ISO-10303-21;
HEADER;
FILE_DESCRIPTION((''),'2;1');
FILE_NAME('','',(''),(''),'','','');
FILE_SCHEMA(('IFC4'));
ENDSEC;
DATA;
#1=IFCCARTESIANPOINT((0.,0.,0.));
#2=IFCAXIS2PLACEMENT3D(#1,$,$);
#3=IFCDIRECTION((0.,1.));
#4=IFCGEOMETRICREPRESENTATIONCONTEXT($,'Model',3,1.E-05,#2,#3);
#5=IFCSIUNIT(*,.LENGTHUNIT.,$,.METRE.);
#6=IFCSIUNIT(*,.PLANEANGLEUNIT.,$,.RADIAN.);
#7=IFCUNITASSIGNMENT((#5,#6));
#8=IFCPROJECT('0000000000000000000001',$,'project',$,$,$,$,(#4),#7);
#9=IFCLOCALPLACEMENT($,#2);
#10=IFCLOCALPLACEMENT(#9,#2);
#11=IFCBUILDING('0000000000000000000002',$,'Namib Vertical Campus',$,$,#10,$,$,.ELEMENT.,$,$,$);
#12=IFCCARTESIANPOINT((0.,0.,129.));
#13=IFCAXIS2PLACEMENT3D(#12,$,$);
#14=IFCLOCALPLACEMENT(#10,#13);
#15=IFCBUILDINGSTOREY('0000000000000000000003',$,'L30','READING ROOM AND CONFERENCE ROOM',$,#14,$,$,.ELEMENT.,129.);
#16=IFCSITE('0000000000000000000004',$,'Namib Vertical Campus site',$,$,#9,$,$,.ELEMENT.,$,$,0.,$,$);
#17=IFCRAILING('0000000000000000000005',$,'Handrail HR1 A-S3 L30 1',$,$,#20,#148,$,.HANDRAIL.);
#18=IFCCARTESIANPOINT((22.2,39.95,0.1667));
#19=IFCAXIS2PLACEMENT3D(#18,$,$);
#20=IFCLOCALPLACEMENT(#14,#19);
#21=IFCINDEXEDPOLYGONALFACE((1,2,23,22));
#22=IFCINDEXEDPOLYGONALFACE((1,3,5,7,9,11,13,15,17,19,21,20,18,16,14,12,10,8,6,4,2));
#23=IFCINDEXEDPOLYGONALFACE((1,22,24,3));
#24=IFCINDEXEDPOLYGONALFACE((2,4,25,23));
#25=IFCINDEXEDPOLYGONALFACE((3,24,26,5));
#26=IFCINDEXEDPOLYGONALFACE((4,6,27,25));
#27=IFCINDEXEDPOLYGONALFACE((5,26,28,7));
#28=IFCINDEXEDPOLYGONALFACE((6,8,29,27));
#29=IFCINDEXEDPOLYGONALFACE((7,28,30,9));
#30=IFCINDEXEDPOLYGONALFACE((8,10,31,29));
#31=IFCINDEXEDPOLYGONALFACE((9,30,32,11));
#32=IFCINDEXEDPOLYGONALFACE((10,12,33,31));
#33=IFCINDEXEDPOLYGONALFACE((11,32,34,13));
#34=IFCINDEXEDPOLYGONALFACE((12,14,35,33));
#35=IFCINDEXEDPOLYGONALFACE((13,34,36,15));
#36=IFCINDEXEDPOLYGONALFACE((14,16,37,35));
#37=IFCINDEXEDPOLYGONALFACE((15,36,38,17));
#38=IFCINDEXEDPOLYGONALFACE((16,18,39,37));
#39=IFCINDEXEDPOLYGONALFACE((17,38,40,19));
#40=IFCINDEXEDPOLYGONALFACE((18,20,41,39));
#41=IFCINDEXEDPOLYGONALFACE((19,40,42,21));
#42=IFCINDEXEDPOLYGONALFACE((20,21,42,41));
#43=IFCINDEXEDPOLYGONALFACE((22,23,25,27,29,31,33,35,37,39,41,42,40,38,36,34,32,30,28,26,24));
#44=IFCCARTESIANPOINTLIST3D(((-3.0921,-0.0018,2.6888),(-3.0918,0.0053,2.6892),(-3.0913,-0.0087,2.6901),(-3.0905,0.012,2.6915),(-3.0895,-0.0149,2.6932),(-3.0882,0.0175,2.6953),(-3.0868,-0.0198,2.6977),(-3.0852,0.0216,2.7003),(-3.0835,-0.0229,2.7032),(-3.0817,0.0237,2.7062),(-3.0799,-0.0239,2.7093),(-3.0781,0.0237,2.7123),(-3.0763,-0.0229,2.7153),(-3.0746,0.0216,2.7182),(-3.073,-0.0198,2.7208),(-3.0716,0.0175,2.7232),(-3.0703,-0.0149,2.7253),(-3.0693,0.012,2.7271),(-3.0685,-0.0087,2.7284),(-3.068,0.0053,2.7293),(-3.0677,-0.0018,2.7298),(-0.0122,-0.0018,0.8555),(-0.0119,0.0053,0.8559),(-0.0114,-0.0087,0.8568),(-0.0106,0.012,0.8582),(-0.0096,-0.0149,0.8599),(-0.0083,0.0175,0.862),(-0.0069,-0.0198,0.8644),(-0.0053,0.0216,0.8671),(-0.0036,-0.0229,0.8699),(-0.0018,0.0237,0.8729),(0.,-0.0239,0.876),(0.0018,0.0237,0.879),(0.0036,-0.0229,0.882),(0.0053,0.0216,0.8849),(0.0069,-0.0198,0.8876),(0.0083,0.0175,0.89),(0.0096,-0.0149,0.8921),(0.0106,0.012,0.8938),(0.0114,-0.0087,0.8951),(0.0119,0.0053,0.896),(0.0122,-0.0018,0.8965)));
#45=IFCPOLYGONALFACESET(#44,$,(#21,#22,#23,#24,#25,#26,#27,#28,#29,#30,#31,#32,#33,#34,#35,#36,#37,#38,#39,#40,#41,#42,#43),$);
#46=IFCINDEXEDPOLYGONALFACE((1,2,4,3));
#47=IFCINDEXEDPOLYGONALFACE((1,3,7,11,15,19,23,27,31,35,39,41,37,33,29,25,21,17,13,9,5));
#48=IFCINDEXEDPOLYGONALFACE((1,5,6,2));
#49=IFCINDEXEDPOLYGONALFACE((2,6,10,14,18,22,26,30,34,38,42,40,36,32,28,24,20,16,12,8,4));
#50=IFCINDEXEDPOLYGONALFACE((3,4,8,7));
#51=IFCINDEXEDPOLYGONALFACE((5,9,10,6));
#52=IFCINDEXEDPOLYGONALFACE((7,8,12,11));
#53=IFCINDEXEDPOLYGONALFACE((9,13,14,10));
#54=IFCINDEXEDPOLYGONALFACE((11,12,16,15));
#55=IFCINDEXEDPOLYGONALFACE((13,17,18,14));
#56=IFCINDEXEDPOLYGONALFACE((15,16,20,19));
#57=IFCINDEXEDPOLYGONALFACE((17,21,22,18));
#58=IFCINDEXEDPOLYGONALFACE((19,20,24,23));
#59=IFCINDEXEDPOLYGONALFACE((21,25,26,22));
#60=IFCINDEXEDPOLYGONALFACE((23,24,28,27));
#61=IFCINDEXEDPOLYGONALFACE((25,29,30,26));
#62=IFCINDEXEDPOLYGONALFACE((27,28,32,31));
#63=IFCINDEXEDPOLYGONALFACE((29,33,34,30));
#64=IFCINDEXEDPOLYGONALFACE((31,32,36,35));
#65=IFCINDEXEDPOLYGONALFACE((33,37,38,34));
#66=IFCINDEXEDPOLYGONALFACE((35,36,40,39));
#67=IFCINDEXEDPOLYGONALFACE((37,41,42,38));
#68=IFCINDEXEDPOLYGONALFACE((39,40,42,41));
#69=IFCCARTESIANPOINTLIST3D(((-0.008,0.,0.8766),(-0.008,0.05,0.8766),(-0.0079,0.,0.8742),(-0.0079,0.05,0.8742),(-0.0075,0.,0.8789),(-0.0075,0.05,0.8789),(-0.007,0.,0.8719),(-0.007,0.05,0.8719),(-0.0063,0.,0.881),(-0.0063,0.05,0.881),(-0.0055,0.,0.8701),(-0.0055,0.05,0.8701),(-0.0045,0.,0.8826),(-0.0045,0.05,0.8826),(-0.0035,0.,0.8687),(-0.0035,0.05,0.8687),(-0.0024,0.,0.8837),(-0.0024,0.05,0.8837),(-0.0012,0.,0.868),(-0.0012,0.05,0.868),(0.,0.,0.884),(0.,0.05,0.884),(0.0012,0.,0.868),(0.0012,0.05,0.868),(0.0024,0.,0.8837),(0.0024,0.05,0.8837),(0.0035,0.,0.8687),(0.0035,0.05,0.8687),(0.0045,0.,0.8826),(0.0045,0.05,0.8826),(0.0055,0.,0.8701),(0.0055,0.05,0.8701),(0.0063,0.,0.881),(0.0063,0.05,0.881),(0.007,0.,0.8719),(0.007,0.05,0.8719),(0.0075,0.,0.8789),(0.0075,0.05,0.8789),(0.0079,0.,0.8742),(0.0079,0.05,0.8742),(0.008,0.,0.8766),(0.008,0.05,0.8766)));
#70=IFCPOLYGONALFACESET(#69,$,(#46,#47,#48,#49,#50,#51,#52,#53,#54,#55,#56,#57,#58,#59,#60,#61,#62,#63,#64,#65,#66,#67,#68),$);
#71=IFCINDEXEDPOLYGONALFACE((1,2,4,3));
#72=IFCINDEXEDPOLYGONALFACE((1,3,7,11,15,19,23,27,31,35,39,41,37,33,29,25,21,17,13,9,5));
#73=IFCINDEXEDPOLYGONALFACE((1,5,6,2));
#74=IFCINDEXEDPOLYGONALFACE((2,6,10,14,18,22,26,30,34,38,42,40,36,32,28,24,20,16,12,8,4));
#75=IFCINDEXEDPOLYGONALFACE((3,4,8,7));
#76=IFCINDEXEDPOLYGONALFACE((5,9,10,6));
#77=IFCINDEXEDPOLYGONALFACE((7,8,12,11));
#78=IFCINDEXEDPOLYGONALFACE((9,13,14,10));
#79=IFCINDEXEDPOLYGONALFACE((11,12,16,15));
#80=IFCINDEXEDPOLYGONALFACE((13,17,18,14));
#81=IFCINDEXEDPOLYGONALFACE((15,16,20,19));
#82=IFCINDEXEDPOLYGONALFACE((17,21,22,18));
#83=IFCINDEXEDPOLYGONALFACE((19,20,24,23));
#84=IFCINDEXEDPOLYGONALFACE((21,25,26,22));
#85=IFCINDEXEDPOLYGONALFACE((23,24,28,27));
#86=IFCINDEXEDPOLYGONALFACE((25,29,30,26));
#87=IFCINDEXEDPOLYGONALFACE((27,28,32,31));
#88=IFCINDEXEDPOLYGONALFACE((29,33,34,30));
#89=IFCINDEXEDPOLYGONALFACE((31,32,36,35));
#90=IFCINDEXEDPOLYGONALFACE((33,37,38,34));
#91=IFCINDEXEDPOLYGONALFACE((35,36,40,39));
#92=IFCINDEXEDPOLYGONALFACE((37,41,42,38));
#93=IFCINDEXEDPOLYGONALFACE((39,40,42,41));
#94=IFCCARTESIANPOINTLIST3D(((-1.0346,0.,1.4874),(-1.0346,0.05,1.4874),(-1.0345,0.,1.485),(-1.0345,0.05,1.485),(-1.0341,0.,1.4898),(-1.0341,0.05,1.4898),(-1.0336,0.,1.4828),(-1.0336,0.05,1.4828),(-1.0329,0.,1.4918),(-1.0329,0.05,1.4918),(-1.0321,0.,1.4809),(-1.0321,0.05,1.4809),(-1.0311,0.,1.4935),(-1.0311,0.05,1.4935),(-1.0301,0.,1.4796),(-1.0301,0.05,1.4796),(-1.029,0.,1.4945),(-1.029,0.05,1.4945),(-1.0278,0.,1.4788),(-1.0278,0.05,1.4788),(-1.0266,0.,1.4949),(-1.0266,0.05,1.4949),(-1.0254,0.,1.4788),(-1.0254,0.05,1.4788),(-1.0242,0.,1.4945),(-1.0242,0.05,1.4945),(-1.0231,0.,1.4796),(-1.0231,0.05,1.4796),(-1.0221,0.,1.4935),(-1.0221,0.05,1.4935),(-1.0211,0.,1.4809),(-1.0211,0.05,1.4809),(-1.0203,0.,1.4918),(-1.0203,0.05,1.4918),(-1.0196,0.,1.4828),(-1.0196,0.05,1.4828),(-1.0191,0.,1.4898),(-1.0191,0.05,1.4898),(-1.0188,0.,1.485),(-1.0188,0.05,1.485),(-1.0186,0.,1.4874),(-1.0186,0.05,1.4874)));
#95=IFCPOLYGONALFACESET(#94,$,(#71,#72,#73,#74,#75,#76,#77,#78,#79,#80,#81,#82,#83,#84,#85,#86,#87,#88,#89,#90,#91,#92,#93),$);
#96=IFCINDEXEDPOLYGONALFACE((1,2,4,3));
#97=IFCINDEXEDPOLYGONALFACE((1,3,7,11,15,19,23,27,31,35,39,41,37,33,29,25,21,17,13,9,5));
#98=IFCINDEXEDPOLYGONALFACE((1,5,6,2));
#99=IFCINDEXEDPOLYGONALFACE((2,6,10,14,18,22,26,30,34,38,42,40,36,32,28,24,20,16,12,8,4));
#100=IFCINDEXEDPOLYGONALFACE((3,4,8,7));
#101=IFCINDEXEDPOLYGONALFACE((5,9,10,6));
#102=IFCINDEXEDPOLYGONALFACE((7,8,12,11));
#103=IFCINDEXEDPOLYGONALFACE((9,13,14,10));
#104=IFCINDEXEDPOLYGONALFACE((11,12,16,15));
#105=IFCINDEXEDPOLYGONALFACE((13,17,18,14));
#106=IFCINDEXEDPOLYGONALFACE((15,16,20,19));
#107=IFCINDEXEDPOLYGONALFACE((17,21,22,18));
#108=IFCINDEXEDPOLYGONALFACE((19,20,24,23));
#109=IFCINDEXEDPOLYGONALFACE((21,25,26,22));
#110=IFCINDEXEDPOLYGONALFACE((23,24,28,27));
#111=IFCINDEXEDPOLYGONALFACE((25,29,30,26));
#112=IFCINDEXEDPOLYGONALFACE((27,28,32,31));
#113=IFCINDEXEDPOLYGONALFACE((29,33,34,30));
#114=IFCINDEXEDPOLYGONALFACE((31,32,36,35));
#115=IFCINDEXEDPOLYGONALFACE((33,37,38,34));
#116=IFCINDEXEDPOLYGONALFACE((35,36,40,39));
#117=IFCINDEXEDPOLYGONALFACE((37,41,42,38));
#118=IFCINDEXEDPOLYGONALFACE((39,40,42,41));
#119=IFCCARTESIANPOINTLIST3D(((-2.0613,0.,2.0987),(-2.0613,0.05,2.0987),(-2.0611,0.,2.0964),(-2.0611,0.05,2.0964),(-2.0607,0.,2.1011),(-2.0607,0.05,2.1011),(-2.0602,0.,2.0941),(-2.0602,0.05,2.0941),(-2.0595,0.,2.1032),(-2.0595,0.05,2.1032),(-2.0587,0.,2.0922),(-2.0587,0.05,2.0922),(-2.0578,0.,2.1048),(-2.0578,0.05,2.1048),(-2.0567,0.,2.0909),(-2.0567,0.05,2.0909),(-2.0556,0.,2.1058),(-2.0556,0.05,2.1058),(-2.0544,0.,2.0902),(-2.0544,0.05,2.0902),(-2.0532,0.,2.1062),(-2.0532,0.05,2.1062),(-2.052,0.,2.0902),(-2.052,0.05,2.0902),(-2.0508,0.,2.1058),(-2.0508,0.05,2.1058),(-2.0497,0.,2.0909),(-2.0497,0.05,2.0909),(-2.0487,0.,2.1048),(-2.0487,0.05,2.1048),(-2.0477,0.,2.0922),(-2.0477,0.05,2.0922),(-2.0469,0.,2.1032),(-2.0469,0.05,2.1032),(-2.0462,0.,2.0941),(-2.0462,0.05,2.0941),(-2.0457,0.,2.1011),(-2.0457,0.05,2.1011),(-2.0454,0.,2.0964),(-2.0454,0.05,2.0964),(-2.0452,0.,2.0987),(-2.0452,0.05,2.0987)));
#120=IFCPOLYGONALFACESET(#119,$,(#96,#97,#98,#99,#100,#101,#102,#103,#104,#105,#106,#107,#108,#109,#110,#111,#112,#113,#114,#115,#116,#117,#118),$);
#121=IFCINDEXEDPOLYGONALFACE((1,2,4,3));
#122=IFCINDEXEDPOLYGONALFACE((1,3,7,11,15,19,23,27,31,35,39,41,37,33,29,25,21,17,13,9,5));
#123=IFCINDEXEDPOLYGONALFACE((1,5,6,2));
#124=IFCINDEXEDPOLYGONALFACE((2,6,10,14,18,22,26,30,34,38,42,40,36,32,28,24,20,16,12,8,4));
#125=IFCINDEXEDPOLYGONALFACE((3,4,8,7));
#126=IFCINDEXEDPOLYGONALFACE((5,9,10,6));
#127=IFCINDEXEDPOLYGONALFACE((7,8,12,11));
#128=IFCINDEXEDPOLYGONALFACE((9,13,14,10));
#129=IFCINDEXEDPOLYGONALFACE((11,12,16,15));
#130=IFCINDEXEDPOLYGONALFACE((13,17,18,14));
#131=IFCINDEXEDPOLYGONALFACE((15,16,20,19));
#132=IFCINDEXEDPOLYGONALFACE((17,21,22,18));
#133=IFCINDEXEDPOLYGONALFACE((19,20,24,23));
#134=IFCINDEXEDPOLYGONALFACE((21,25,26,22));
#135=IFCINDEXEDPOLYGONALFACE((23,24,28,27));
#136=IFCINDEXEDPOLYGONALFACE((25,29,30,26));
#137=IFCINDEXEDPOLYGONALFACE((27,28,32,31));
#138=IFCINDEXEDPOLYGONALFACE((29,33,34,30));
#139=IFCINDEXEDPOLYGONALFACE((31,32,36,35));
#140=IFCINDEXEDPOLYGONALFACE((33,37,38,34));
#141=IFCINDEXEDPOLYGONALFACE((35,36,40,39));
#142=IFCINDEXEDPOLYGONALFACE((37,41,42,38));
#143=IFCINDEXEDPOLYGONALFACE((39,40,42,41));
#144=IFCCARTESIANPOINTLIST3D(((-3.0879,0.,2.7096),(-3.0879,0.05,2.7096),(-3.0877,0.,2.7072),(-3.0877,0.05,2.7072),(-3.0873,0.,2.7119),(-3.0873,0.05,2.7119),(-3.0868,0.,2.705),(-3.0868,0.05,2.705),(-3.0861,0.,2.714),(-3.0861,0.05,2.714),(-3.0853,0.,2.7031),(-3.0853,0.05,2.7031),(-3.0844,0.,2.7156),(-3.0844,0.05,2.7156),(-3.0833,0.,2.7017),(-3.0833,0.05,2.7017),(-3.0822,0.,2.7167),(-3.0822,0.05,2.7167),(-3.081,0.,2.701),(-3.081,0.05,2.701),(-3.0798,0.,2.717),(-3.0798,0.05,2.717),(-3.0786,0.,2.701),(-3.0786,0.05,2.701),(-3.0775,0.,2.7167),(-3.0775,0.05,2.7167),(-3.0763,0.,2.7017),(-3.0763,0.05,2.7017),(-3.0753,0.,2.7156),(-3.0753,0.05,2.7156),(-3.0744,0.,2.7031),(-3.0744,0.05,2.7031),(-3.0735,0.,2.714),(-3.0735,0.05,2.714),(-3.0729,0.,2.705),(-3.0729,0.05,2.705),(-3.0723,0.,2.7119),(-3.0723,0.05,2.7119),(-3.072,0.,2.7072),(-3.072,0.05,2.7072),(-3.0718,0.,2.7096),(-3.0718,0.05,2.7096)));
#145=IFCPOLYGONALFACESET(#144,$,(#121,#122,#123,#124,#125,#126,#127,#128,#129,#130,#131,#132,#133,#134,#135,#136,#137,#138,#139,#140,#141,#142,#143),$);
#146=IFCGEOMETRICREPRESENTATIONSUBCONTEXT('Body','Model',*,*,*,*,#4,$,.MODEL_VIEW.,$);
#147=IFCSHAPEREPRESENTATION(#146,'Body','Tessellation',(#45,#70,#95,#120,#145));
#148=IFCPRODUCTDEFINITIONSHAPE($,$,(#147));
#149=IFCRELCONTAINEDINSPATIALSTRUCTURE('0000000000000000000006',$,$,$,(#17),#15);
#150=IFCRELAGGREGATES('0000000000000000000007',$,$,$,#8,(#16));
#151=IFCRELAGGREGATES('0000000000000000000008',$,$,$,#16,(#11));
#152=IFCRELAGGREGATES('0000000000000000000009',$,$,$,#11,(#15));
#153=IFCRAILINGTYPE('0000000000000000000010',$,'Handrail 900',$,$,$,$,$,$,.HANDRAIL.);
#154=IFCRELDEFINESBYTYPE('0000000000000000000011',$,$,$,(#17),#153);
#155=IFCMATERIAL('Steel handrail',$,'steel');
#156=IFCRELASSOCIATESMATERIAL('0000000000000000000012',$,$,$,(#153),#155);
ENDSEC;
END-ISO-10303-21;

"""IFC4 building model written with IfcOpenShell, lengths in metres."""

from ifc_helpers import new_model, si_unit, direction, frame, origin, origin_2d, place, context, subcontext, project, spatial, circle, extrude, material, type_object, element, save


model = new_model("IFC4")

# Units and contexts
model_context = context("Model", 3, precision=1e-05, world=origin(), true_north=direction((0.0, 1.0)))
body_context = subcontext(model_context, "Body", "Model", "MODEL_VIEW")
ifc_project = project(units=[si_unit("LENGTHUNIT", "METRE"), si_unit("PLANEANGLEUNIT", "RADIAN")], contexts=[model_context])

# Site, building, storey
site_placement = place(None, origin())
site = spatial("IfcSite", under=ifc_project, at=site_placement, Name="Namib Vertical Campus site", CompositionType="ELEMENT", RefElevation=0.0)
building_placement = place(site_placement, origin())
building = spatial("IfcBuilding", under=site, at=building_placement, Name="Namib Vertical Campus", CompositionType="ELEMENT")
storey_placement = place(building_placement, frame((0.0, 0.0, 129.0)))
storey = spatial("IfcBuildingStorey", under=building, at=storey_placement, Name="L30", Description="READING ROOM AND CONFERENCE ROOM", CompositionType="ELEMENT", Elevation=129.0)

# Railing
ifc_material_1 = material(Name="Steel handrail", Category="steel")
railing_type = type_object("IfcRailingType", Name="Handrail 900", PredefinedType="HANDRAIL", material=ifc_material_1)
railing_1_placement = place(storey_placement, frame((22.2, 39.95, 0.1667)))
element("IfcRailing", 1, at=railing_1_placement, inside=storey, type_object=railing_type, Name="Handrail HR1 A-S3 L30 1", PredefinedType="HANDRAIL", context=body_context, shape_type="SweptSolid", body=[
    extrude(circle(Radius=0.0239, at=origin_2d()), frame((0.0, 0.0, 0.876), z_axis=(-0.859291, 0.0, 0.511487), x_axis=(0.0, -1.0, 0.0)), (0.0, 0.0, 1.0), 3.5842),
    extrude(circle(Radius=0.0081, at=origin_2d()), frame((0.0, 0.0, 0.876), z_axis=(0.0, 1.0, 0.0), x_axis=(0.0, 0.0, 1.0)), (0.0, 0.0, 1.0), 0.05),
    extrude(circle(Radius=0.0081, at=origin_2d()), frame((-1.0266, 0.0, 1.4868), z_axis=(0.0, 1.0, 0.0), x_axis=(0.0, 0.0, 1.0)), (0.0, 0.0, 1.0), 0.05),
    extrude(circle(Radius=0.0081, at=origin_2d()), frame((-2.0532, 0.0, 2.0981), z_axis=(0.0, 1.0, 0.0), x_axis=(0.0, 0.0, 1.0)), (0.0, 0.0, 1.0), 0.05),
    extrude(circle(Radius=0.0081, at=origin_2d()), frame((-3.0798, 0.0, 2.709), z_axis=(0.0, 1.0, 0.0), x_axis=(0.0, 0.0, 1.0)), (0.0, 0.0, 1.0), 0.05),
])

save(model, "model.ifc")
